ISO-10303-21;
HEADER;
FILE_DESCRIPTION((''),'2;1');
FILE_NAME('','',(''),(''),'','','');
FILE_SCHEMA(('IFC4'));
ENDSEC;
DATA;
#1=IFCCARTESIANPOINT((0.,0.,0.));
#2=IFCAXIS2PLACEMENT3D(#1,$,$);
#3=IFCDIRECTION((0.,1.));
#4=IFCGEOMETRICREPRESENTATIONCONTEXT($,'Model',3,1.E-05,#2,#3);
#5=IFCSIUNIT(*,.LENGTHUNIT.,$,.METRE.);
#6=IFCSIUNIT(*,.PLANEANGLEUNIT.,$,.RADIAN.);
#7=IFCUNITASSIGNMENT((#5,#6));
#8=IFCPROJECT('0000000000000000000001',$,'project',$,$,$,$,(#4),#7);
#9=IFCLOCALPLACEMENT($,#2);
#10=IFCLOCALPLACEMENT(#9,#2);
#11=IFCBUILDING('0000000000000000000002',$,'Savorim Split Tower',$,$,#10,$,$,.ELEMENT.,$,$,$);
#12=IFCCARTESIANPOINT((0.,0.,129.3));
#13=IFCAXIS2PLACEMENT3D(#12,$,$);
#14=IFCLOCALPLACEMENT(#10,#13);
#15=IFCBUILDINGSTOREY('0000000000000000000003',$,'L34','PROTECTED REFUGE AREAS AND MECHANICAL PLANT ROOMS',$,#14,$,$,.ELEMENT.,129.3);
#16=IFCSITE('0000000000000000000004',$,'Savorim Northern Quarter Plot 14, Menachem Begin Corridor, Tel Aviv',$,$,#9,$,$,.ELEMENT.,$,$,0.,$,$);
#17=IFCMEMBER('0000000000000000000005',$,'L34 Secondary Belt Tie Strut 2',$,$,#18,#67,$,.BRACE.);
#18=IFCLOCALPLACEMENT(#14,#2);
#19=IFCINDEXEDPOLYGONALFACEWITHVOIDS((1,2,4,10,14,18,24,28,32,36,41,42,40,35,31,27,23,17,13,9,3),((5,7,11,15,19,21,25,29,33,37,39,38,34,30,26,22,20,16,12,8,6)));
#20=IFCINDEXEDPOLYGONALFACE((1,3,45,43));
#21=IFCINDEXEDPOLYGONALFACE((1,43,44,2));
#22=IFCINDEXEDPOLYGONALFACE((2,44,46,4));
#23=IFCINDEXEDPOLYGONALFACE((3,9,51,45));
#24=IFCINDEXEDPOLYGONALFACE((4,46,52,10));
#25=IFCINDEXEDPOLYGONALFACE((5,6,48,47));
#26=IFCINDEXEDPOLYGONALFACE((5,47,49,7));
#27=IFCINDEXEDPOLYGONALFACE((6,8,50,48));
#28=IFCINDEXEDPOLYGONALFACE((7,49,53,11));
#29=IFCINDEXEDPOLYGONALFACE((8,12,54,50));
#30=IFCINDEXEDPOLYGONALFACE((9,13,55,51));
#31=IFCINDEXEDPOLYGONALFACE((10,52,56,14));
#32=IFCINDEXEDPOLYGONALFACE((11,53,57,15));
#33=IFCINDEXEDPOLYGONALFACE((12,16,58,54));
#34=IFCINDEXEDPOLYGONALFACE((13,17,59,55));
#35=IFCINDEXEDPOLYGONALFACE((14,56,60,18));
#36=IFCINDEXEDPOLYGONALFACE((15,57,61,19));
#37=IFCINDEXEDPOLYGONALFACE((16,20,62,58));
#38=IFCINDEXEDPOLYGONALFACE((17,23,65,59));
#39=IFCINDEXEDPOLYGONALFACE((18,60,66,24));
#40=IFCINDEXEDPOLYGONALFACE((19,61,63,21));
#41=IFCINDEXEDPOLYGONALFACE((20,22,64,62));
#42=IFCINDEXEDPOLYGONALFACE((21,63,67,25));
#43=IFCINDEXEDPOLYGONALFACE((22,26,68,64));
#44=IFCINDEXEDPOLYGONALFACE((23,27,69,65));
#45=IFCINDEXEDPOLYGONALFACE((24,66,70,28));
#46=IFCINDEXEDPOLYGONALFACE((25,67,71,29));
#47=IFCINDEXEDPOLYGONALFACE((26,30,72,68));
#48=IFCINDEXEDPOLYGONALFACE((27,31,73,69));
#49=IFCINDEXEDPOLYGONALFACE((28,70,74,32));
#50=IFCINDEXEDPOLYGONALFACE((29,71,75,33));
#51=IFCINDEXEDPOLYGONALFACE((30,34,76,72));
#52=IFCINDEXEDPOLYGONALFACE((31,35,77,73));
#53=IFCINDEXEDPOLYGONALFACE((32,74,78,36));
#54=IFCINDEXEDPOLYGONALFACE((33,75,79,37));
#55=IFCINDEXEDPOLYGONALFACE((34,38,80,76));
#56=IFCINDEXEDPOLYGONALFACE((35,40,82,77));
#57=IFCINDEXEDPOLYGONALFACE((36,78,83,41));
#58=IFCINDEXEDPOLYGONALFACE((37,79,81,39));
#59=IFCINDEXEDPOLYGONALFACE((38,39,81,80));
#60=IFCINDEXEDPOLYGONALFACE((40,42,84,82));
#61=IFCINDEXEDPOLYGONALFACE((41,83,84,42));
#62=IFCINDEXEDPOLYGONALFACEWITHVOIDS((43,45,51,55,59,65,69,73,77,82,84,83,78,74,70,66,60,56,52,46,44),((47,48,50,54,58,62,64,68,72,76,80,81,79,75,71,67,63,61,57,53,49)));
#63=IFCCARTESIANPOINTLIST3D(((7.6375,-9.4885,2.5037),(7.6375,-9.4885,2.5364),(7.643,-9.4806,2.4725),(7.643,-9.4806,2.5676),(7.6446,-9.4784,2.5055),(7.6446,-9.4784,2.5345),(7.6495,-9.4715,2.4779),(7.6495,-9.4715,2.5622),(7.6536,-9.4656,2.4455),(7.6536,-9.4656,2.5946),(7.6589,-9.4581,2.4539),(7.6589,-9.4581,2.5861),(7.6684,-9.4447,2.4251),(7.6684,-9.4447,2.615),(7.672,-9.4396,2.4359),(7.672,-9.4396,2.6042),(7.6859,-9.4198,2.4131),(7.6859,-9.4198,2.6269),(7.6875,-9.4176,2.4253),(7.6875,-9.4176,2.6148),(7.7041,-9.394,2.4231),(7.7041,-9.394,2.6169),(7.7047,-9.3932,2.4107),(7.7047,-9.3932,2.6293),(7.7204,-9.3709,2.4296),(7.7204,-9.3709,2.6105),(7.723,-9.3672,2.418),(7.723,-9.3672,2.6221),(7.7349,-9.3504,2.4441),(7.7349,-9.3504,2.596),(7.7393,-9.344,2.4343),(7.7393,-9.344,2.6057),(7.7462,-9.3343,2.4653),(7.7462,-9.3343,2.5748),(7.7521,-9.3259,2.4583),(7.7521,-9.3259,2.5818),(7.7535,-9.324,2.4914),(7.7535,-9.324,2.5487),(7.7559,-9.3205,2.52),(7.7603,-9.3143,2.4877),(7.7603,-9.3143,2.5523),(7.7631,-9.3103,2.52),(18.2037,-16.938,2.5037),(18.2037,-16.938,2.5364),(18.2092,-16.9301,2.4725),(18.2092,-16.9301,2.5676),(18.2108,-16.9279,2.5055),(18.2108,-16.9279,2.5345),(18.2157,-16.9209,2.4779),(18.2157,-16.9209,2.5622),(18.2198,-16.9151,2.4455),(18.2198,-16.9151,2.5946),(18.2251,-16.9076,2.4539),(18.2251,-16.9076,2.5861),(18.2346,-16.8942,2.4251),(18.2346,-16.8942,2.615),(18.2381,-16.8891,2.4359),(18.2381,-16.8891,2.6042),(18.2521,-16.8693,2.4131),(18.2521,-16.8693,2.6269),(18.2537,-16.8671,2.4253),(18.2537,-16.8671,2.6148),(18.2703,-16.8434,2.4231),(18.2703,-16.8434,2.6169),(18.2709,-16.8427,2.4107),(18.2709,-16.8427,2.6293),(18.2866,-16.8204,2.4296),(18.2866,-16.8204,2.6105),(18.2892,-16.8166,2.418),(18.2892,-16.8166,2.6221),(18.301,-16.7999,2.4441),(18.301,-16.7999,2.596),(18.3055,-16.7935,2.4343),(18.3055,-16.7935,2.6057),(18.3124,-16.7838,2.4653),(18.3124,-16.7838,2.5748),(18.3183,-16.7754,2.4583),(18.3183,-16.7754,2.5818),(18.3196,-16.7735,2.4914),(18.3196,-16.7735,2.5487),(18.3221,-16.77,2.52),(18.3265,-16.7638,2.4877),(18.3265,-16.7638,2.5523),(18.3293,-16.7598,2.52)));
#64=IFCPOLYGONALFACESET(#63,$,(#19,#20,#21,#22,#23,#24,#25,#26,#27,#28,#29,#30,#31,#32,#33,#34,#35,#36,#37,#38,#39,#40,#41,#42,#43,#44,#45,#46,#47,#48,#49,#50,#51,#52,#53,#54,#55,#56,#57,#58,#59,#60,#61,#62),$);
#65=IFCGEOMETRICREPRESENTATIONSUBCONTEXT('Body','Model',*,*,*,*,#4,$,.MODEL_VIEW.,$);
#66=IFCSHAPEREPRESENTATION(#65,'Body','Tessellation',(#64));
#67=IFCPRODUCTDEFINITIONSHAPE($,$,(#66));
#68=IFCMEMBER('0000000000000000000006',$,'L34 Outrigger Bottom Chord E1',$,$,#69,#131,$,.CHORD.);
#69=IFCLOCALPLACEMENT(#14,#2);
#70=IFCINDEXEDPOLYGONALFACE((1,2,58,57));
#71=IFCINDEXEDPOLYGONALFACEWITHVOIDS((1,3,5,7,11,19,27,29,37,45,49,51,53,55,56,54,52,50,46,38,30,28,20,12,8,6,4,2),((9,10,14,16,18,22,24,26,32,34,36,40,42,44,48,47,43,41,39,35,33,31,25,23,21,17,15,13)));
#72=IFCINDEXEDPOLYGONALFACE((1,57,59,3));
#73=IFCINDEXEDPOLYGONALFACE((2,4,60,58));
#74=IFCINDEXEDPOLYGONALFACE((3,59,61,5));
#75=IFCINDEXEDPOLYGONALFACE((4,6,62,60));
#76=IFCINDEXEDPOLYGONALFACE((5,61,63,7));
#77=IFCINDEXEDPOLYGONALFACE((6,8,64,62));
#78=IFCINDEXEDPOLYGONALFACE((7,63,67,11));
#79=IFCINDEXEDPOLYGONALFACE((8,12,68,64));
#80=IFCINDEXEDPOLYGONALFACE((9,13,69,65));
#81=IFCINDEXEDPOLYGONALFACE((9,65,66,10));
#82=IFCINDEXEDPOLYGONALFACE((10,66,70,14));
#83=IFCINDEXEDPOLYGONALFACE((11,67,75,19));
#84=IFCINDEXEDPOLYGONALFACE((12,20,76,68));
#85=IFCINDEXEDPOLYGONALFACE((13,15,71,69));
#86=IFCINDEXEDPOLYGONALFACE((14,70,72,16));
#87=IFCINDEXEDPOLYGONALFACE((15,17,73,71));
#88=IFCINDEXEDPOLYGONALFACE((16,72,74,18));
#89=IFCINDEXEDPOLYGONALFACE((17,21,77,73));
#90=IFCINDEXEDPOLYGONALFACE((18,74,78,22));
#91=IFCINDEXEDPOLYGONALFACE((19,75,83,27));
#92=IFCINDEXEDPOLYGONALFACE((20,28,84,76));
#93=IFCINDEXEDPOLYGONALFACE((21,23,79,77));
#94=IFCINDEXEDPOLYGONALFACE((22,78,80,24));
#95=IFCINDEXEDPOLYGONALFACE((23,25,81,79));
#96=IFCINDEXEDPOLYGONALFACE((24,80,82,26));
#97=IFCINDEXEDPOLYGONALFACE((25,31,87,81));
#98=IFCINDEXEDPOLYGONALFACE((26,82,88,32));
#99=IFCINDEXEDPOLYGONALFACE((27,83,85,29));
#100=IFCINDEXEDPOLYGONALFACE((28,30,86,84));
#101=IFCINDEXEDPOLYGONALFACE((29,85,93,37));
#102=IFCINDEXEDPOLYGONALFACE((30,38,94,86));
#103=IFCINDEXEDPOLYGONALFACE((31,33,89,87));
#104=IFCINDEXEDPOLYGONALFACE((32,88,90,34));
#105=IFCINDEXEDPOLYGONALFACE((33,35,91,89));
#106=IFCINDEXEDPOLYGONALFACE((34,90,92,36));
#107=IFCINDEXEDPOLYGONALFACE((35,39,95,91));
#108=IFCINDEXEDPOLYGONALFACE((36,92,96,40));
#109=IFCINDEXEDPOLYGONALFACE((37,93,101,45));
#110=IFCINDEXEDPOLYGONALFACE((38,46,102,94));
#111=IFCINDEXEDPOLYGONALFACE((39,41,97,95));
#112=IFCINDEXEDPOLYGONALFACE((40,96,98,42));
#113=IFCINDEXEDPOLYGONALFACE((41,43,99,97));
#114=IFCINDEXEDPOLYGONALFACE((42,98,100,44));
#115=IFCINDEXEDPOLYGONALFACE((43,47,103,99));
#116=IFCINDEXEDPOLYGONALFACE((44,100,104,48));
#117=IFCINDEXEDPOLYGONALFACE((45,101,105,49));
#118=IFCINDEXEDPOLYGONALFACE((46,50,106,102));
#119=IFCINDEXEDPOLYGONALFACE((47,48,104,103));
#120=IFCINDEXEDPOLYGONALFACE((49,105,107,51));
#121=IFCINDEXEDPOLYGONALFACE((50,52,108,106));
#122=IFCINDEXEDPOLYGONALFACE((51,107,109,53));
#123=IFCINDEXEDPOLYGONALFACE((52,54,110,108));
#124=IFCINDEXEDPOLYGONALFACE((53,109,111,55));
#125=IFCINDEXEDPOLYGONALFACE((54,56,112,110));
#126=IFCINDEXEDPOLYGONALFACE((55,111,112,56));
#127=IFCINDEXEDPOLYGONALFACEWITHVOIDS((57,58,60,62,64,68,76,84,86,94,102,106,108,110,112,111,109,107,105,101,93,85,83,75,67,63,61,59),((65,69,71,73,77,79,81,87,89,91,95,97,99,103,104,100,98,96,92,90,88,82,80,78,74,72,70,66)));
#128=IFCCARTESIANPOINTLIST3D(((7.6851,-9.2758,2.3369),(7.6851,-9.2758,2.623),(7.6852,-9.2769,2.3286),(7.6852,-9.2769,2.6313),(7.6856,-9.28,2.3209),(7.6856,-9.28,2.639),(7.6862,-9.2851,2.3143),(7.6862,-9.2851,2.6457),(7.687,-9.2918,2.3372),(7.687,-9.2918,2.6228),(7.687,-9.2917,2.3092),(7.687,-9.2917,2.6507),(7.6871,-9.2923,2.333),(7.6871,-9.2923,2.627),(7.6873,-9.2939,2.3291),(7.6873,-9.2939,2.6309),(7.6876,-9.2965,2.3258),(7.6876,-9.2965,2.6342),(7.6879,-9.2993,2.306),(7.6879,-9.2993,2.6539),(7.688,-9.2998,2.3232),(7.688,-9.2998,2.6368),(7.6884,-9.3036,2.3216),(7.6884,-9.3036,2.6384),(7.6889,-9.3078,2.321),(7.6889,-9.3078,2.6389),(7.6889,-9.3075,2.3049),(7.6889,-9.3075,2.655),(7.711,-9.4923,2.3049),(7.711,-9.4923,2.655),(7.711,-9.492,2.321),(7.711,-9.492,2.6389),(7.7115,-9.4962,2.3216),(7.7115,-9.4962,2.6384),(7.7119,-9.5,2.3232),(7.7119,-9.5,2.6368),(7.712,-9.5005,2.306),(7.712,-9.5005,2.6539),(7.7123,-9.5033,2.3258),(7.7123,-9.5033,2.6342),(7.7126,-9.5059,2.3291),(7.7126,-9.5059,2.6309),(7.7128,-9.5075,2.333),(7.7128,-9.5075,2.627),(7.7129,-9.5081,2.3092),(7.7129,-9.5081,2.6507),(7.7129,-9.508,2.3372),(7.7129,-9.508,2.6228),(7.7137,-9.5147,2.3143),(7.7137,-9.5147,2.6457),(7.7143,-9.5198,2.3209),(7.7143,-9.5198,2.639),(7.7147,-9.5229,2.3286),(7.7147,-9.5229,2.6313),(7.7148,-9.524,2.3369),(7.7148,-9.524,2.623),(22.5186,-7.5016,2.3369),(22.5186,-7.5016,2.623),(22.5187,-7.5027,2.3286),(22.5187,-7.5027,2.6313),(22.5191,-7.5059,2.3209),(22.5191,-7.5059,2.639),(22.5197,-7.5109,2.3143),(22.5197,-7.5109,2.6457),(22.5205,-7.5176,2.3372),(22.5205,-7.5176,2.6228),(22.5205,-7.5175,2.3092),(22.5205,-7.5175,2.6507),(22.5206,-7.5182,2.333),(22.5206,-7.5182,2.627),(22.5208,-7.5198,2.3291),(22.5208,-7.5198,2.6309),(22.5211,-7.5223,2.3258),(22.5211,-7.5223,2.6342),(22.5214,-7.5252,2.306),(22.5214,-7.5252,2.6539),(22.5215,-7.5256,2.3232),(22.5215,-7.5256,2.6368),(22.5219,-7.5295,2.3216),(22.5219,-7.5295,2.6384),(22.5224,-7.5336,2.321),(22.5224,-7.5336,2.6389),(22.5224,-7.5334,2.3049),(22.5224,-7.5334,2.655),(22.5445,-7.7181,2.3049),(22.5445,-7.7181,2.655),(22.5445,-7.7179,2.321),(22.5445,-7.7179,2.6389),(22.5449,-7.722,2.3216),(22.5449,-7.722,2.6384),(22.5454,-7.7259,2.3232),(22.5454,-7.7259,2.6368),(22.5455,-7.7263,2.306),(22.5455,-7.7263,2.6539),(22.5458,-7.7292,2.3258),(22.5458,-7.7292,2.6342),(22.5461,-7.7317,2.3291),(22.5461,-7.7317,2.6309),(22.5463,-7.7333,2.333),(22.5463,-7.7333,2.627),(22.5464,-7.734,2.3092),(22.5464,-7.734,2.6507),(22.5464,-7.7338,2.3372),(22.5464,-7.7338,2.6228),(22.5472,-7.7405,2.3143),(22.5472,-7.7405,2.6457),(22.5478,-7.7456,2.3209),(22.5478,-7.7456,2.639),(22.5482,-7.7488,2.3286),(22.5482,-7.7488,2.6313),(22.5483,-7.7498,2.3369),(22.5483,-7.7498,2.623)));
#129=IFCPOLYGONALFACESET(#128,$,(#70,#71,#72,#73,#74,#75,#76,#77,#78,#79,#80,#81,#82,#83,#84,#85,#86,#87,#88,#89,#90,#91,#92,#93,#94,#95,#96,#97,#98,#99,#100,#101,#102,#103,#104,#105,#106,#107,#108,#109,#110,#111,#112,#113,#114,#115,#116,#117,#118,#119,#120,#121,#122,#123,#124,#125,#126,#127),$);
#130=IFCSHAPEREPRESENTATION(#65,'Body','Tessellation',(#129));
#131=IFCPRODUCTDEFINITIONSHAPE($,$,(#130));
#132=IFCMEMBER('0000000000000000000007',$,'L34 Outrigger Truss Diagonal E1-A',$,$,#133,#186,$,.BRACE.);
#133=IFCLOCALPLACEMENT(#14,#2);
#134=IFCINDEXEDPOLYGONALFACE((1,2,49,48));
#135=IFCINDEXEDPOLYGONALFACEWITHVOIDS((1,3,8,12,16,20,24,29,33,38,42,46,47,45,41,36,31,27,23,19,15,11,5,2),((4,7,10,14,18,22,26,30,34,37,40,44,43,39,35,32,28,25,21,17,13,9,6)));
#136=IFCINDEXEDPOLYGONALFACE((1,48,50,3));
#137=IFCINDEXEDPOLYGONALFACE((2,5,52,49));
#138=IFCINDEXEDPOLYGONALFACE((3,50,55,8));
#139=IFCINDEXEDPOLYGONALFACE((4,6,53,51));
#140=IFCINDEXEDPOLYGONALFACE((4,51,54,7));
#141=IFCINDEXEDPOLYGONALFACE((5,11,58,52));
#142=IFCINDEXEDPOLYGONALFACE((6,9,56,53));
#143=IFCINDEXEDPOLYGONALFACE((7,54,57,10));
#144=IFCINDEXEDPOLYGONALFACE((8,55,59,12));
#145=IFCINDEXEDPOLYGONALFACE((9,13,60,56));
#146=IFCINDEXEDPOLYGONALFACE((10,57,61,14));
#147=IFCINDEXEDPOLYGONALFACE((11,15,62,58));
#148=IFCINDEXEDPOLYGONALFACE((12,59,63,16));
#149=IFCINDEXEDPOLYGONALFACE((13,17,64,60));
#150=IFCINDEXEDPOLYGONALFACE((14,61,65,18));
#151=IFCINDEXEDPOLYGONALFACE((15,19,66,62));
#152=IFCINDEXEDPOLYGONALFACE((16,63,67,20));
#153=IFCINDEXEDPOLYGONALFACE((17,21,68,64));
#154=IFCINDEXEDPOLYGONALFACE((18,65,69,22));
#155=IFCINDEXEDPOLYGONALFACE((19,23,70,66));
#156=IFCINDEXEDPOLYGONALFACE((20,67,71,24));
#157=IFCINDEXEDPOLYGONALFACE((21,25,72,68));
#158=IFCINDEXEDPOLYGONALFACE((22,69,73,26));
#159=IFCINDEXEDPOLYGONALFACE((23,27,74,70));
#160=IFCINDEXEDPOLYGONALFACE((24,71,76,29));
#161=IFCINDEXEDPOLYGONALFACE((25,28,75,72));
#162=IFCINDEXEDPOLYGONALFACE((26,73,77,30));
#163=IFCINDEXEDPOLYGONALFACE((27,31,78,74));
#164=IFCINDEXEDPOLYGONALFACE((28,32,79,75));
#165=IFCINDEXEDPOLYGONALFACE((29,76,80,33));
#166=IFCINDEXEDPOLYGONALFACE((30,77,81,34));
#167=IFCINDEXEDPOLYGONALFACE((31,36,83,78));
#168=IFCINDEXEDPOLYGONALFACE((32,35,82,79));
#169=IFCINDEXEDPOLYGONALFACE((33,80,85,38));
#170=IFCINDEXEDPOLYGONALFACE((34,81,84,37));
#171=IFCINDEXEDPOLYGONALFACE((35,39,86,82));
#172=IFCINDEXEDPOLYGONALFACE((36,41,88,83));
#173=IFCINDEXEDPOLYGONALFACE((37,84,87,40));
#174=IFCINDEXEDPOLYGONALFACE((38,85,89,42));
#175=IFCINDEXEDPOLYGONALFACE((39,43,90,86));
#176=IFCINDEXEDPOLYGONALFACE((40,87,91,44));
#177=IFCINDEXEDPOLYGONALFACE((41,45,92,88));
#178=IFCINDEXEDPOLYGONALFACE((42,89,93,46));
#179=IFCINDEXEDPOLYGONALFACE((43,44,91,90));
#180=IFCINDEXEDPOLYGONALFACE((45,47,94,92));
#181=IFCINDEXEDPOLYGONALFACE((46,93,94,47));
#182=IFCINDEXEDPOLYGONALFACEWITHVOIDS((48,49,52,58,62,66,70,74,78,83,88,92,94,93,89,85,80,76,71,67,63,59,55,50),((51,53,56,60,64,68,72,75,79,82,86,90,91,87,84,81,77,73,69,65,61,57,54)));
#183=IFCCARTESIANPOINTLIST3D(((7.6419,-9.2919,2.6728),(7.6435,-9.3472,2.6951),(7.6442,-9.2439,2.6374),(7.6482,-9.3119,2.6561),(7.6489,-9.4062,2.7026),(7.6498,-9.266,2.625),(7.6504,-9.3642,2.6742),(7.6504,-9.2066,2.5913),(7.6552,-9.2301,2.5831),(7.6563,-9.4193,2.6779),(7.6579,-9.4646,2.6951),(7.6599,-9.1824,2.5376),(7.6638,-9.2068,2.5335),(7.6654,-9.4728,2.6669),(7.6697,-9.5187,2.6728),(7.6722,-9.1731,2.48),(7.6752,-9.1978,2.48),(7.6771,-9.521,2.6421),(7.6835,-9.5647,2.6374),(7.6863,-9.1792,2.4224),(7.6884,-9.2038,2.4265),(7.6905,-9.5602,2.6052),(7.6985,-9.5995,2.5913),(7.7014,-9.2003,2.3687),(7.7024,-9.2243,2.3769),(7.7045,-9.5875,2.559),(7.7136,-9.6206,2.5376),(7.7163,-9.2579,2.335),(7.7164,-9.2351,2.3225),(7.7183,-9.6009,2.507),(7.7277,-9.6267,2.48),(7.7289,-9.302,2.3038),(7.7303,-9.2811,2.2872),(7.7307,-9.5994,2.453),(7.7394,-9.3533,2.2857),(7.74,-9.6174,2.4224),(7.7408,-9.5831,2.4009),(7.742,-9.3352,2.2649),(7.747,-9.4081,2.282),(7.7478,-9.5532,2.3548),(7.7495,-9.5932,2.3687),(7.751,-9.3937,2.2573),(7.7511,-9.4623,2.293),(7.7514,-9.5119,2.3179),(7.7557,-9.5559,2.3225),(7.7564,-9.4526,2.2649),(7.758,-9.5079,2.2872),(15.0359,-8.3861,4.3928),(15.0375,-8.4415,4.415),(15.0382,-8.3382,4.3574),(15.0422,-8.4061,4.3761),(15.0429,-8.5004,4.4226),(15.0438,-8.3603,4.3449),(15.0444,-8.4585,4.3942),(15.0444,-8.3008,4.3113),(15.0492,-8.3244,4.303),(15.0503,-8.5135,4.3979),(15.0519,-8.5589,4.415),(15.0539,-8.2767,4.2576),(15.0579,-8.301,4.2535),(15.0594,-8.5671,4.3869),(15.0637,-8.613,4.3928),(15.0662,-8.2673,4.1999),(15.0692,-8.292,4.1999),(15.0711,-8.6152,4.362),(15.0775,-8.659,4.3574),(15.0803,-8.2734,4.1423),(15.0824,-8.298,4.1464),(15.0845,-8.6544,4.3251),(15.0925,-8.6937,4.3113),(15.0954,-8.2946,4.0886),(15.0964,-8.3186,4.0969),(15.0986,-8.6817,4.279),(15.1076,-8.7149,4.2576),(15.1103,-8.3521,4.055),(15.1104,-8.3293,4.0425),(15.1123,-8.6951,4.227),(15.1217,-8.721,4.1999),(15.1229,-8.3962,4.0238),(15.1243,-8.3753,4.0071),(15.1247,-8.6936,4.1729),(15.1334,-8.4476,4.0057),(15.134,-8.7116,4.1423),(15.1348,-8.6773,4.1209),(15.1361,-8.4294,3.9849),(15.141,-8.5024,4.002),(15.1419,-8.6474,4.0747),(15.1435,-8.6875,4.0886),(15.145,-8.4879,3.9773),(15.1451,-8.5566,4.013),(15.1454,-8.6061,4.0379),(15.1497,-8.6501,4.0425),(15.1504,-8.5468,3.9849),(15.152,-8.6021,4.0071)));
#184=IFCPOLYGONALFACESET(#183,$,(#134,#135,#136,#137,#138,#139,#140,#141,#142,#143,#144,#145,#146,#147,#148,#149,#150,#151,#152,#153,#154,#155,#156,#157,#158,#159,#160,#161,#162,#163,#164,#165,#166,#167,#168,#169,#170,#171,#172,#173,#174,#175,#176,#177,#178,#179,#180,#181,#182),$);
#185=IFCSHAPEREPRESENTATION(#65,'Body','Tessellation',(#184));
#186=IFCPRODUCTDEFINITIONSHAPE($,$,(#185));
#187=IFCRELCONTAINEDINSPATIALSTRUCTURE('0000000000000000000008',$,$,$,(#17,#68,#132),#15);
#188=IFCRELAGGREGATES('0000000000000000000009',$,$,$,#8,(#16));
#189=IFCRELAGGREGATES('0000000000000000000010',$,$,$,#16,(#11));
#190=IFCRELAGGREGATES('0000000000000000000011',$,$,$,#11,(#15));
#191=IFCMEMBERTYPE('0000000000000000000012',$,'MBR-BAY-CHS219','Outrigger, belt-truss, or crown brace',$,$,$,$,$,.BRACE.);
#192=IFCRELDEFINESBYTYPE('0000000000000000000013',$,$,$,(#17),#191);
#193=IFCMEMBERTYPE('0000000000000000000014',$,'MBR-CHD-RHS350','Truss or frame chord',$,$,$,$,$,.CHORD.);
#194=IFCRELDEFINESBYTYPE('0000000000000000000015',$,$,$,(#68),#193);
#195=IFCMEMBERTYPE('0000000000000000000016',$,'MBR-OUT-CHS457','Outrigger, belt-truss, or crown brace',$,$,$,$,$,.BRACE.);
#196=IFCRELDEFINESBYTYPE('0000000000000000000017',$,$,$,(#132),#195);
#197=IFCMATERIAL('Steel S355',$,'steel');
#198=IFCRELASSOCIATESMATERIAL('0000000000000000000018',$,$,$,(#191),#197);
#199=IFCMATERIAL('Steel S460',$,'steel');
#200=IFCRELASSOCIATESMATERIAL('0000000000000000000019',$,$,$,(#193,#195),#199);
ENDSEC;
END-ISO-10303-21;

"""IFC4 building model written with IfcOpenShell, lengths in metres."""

from ifc_helpers import new_model, si_unit, direction, frame, origin, origin_2d, place, context, subcontext, project, spatial, hollow_rectangle, hollow_circle, extrude, material, material_profile, profile_set, type_object, element, save


model = new_model("IFC4")

# Units and contexts
model_context = context("Model", 3, precision=1e-05, world=origin(), true_north=direction((0.0, 1.0)))
body_context = subcontext(model_context, "Body", "Model", "MODEL_VIEW")
ifc_project = project(units=[si_unit("LENGTHUNIT", "METRE"), si_unit("PLANEANGLEUNIT", "RADIAN")], contexts=[model_context])

# Site, building, storey
site_placement = place(None, origin())
site = spatial("IfcSite", under=ifc_project, at=site_placement, Name="Savorim Northern Quarter Plot 14, Menachem Begin Corridor, Tel Aviv", CompositionType="ELEMENT", RefElevation=0.0)
building_placement = place(site_placement, origin())
building = spatial("IfcBuilding", under=site, at=building_placement, Name="Savorim Split Tower", CompositionType="ELEMENT")
storey_placement = place(building_placement, frame((0.0, 0.0, 129.3)))
storey = spatial("IfcBuildingStorey", under=building, at=storey_placement, Name="L34", Description="PROTECTED REFUGE AREAS AND MECHANICAL PLANT ROOMS", CompositionType="ELEMENT", Elevation=129.3)

# Shared definitions
ifc_material_1 = material(Name="Steel S460", Category="steel")

# Shared definitions
ifc_material_2 = material(Name="Steel S355", Category="steel")

# Members
ifc_material_profile_1 = material_profile(ifc_material_2, hollow_circle(Radius=0.1096, WallThickness=0.0125, at=origin_2d()), Name="CHS 219.1x12.5")
ifc_profile_set_1 = profile_set([ifc_material_profile_1], Name="Steel S355")
member_type_1 = type_object("IfcMemberType", Name="MBR-BAY-CHS219", Description="Outrigger, belt-truss, or crown brace", PredefinedType="BRACE", material=ifc_profile_set_1)
member_1_placement = place(storey_placement, frame((7.7, -9.3999, 2.52), z_axis=(0.817296, -0.576218, 0.0), x_axis=(0.576218, 0.817296, 0.0)))
element("IfcMember", 1, at=member_1_placement, inside=storey, type_object=member_type_1, Name="L34 Secondary Belt Tie Strut 2", PredefinedType="BRACE", context=body_context, shape_type="SweptSolid", body=[
    extrude(hollow_circle(Radius=0.1096, WallThickness=0.0125, at=origin_2d()), origin(), (0.0, 0.0, 1.0), 12.9282),
])
ifc_material_profile_2 = material_profile(ifc_material_1, hollow_rectangle(XDim=0.25, YDim=0.3501, WallThickness=0.0161, InnerFilletRadius=0.0161, OuterFilletRadius=0.032, at=origin_2d()), Name="RHS 350x250x16")
ifc_profile_set_2 = profile_set([ifc_material_profile_2], Name="Steel S460")
member_type_2 = type_object("IfcMemberType", Name="MBR-CHD-RHS350", Description="Truss or frame chord", PredefinedType="CHORD", material=ifc_profile_set_2)
member_2_placement = place(storey_placement, frame((7.7, -9.3999, 2.48), z_axis=(0.992923, 0.118759, 0.0), x_axis=(-0.118759, 0.992923, 0.0)))
element("IfcMember", 2, at=member_2_placement, inside=storey, type_object=member_type_2, Name="L34 Outrigger Bottom Chord E1", PredefinedType="CHORD", context=body_context, shape_type="SweptSolid", body=[
    extrude(hollow_rectangle(XDim=0.25, YDim=0.3501, WallThickness=0.0161, InnerFilletRadius=0.0161, OuterFilletRadius=0.032, at=origin_2d()), origin(), (0.0, 0.0, 1.0), 14.9392),
])
ifc_material_profile_3 = material_profile(ifc_material_1, hollow_circle(Radius=0.2285, WallThickness=0.0249, at=origin_2d()), Name="CHS 457x25")
ifc_profile_set_3 = profile_set([ifc_material_profile_3], Name="Steel S460")
member_type_3 = type_object("IfcMemberType", Name="MBR-OUT-CHS457", Description="Outrigger, belt-truss, or crown brace", PredefinedType="BRACE", material=ifc_profile_set_3)
member_3_placement = place(storey_placement, frame((7.7, -9.3999, 2.48), z_axis=(0.967136, 0.118473, 0.224971), x_axis=(-0.12159, 0.99258, 0.0)))
element("IfcMember", 3, at=member_3_placement, inside=storey, type_object=member_type_3, Name="L34 Outrigger Truss Diagonal E1-A", PredefinedType="BRACE", context=body_context, shape_type="SweptSolid", body=[
    extrude(hollow_circle(Radius=0.2285, WallThickness=0.0249, at=origin_2d()), origin(), (0.0, 0.0, 1.0), 7.6453),
])

save(model, "model.ifc")
